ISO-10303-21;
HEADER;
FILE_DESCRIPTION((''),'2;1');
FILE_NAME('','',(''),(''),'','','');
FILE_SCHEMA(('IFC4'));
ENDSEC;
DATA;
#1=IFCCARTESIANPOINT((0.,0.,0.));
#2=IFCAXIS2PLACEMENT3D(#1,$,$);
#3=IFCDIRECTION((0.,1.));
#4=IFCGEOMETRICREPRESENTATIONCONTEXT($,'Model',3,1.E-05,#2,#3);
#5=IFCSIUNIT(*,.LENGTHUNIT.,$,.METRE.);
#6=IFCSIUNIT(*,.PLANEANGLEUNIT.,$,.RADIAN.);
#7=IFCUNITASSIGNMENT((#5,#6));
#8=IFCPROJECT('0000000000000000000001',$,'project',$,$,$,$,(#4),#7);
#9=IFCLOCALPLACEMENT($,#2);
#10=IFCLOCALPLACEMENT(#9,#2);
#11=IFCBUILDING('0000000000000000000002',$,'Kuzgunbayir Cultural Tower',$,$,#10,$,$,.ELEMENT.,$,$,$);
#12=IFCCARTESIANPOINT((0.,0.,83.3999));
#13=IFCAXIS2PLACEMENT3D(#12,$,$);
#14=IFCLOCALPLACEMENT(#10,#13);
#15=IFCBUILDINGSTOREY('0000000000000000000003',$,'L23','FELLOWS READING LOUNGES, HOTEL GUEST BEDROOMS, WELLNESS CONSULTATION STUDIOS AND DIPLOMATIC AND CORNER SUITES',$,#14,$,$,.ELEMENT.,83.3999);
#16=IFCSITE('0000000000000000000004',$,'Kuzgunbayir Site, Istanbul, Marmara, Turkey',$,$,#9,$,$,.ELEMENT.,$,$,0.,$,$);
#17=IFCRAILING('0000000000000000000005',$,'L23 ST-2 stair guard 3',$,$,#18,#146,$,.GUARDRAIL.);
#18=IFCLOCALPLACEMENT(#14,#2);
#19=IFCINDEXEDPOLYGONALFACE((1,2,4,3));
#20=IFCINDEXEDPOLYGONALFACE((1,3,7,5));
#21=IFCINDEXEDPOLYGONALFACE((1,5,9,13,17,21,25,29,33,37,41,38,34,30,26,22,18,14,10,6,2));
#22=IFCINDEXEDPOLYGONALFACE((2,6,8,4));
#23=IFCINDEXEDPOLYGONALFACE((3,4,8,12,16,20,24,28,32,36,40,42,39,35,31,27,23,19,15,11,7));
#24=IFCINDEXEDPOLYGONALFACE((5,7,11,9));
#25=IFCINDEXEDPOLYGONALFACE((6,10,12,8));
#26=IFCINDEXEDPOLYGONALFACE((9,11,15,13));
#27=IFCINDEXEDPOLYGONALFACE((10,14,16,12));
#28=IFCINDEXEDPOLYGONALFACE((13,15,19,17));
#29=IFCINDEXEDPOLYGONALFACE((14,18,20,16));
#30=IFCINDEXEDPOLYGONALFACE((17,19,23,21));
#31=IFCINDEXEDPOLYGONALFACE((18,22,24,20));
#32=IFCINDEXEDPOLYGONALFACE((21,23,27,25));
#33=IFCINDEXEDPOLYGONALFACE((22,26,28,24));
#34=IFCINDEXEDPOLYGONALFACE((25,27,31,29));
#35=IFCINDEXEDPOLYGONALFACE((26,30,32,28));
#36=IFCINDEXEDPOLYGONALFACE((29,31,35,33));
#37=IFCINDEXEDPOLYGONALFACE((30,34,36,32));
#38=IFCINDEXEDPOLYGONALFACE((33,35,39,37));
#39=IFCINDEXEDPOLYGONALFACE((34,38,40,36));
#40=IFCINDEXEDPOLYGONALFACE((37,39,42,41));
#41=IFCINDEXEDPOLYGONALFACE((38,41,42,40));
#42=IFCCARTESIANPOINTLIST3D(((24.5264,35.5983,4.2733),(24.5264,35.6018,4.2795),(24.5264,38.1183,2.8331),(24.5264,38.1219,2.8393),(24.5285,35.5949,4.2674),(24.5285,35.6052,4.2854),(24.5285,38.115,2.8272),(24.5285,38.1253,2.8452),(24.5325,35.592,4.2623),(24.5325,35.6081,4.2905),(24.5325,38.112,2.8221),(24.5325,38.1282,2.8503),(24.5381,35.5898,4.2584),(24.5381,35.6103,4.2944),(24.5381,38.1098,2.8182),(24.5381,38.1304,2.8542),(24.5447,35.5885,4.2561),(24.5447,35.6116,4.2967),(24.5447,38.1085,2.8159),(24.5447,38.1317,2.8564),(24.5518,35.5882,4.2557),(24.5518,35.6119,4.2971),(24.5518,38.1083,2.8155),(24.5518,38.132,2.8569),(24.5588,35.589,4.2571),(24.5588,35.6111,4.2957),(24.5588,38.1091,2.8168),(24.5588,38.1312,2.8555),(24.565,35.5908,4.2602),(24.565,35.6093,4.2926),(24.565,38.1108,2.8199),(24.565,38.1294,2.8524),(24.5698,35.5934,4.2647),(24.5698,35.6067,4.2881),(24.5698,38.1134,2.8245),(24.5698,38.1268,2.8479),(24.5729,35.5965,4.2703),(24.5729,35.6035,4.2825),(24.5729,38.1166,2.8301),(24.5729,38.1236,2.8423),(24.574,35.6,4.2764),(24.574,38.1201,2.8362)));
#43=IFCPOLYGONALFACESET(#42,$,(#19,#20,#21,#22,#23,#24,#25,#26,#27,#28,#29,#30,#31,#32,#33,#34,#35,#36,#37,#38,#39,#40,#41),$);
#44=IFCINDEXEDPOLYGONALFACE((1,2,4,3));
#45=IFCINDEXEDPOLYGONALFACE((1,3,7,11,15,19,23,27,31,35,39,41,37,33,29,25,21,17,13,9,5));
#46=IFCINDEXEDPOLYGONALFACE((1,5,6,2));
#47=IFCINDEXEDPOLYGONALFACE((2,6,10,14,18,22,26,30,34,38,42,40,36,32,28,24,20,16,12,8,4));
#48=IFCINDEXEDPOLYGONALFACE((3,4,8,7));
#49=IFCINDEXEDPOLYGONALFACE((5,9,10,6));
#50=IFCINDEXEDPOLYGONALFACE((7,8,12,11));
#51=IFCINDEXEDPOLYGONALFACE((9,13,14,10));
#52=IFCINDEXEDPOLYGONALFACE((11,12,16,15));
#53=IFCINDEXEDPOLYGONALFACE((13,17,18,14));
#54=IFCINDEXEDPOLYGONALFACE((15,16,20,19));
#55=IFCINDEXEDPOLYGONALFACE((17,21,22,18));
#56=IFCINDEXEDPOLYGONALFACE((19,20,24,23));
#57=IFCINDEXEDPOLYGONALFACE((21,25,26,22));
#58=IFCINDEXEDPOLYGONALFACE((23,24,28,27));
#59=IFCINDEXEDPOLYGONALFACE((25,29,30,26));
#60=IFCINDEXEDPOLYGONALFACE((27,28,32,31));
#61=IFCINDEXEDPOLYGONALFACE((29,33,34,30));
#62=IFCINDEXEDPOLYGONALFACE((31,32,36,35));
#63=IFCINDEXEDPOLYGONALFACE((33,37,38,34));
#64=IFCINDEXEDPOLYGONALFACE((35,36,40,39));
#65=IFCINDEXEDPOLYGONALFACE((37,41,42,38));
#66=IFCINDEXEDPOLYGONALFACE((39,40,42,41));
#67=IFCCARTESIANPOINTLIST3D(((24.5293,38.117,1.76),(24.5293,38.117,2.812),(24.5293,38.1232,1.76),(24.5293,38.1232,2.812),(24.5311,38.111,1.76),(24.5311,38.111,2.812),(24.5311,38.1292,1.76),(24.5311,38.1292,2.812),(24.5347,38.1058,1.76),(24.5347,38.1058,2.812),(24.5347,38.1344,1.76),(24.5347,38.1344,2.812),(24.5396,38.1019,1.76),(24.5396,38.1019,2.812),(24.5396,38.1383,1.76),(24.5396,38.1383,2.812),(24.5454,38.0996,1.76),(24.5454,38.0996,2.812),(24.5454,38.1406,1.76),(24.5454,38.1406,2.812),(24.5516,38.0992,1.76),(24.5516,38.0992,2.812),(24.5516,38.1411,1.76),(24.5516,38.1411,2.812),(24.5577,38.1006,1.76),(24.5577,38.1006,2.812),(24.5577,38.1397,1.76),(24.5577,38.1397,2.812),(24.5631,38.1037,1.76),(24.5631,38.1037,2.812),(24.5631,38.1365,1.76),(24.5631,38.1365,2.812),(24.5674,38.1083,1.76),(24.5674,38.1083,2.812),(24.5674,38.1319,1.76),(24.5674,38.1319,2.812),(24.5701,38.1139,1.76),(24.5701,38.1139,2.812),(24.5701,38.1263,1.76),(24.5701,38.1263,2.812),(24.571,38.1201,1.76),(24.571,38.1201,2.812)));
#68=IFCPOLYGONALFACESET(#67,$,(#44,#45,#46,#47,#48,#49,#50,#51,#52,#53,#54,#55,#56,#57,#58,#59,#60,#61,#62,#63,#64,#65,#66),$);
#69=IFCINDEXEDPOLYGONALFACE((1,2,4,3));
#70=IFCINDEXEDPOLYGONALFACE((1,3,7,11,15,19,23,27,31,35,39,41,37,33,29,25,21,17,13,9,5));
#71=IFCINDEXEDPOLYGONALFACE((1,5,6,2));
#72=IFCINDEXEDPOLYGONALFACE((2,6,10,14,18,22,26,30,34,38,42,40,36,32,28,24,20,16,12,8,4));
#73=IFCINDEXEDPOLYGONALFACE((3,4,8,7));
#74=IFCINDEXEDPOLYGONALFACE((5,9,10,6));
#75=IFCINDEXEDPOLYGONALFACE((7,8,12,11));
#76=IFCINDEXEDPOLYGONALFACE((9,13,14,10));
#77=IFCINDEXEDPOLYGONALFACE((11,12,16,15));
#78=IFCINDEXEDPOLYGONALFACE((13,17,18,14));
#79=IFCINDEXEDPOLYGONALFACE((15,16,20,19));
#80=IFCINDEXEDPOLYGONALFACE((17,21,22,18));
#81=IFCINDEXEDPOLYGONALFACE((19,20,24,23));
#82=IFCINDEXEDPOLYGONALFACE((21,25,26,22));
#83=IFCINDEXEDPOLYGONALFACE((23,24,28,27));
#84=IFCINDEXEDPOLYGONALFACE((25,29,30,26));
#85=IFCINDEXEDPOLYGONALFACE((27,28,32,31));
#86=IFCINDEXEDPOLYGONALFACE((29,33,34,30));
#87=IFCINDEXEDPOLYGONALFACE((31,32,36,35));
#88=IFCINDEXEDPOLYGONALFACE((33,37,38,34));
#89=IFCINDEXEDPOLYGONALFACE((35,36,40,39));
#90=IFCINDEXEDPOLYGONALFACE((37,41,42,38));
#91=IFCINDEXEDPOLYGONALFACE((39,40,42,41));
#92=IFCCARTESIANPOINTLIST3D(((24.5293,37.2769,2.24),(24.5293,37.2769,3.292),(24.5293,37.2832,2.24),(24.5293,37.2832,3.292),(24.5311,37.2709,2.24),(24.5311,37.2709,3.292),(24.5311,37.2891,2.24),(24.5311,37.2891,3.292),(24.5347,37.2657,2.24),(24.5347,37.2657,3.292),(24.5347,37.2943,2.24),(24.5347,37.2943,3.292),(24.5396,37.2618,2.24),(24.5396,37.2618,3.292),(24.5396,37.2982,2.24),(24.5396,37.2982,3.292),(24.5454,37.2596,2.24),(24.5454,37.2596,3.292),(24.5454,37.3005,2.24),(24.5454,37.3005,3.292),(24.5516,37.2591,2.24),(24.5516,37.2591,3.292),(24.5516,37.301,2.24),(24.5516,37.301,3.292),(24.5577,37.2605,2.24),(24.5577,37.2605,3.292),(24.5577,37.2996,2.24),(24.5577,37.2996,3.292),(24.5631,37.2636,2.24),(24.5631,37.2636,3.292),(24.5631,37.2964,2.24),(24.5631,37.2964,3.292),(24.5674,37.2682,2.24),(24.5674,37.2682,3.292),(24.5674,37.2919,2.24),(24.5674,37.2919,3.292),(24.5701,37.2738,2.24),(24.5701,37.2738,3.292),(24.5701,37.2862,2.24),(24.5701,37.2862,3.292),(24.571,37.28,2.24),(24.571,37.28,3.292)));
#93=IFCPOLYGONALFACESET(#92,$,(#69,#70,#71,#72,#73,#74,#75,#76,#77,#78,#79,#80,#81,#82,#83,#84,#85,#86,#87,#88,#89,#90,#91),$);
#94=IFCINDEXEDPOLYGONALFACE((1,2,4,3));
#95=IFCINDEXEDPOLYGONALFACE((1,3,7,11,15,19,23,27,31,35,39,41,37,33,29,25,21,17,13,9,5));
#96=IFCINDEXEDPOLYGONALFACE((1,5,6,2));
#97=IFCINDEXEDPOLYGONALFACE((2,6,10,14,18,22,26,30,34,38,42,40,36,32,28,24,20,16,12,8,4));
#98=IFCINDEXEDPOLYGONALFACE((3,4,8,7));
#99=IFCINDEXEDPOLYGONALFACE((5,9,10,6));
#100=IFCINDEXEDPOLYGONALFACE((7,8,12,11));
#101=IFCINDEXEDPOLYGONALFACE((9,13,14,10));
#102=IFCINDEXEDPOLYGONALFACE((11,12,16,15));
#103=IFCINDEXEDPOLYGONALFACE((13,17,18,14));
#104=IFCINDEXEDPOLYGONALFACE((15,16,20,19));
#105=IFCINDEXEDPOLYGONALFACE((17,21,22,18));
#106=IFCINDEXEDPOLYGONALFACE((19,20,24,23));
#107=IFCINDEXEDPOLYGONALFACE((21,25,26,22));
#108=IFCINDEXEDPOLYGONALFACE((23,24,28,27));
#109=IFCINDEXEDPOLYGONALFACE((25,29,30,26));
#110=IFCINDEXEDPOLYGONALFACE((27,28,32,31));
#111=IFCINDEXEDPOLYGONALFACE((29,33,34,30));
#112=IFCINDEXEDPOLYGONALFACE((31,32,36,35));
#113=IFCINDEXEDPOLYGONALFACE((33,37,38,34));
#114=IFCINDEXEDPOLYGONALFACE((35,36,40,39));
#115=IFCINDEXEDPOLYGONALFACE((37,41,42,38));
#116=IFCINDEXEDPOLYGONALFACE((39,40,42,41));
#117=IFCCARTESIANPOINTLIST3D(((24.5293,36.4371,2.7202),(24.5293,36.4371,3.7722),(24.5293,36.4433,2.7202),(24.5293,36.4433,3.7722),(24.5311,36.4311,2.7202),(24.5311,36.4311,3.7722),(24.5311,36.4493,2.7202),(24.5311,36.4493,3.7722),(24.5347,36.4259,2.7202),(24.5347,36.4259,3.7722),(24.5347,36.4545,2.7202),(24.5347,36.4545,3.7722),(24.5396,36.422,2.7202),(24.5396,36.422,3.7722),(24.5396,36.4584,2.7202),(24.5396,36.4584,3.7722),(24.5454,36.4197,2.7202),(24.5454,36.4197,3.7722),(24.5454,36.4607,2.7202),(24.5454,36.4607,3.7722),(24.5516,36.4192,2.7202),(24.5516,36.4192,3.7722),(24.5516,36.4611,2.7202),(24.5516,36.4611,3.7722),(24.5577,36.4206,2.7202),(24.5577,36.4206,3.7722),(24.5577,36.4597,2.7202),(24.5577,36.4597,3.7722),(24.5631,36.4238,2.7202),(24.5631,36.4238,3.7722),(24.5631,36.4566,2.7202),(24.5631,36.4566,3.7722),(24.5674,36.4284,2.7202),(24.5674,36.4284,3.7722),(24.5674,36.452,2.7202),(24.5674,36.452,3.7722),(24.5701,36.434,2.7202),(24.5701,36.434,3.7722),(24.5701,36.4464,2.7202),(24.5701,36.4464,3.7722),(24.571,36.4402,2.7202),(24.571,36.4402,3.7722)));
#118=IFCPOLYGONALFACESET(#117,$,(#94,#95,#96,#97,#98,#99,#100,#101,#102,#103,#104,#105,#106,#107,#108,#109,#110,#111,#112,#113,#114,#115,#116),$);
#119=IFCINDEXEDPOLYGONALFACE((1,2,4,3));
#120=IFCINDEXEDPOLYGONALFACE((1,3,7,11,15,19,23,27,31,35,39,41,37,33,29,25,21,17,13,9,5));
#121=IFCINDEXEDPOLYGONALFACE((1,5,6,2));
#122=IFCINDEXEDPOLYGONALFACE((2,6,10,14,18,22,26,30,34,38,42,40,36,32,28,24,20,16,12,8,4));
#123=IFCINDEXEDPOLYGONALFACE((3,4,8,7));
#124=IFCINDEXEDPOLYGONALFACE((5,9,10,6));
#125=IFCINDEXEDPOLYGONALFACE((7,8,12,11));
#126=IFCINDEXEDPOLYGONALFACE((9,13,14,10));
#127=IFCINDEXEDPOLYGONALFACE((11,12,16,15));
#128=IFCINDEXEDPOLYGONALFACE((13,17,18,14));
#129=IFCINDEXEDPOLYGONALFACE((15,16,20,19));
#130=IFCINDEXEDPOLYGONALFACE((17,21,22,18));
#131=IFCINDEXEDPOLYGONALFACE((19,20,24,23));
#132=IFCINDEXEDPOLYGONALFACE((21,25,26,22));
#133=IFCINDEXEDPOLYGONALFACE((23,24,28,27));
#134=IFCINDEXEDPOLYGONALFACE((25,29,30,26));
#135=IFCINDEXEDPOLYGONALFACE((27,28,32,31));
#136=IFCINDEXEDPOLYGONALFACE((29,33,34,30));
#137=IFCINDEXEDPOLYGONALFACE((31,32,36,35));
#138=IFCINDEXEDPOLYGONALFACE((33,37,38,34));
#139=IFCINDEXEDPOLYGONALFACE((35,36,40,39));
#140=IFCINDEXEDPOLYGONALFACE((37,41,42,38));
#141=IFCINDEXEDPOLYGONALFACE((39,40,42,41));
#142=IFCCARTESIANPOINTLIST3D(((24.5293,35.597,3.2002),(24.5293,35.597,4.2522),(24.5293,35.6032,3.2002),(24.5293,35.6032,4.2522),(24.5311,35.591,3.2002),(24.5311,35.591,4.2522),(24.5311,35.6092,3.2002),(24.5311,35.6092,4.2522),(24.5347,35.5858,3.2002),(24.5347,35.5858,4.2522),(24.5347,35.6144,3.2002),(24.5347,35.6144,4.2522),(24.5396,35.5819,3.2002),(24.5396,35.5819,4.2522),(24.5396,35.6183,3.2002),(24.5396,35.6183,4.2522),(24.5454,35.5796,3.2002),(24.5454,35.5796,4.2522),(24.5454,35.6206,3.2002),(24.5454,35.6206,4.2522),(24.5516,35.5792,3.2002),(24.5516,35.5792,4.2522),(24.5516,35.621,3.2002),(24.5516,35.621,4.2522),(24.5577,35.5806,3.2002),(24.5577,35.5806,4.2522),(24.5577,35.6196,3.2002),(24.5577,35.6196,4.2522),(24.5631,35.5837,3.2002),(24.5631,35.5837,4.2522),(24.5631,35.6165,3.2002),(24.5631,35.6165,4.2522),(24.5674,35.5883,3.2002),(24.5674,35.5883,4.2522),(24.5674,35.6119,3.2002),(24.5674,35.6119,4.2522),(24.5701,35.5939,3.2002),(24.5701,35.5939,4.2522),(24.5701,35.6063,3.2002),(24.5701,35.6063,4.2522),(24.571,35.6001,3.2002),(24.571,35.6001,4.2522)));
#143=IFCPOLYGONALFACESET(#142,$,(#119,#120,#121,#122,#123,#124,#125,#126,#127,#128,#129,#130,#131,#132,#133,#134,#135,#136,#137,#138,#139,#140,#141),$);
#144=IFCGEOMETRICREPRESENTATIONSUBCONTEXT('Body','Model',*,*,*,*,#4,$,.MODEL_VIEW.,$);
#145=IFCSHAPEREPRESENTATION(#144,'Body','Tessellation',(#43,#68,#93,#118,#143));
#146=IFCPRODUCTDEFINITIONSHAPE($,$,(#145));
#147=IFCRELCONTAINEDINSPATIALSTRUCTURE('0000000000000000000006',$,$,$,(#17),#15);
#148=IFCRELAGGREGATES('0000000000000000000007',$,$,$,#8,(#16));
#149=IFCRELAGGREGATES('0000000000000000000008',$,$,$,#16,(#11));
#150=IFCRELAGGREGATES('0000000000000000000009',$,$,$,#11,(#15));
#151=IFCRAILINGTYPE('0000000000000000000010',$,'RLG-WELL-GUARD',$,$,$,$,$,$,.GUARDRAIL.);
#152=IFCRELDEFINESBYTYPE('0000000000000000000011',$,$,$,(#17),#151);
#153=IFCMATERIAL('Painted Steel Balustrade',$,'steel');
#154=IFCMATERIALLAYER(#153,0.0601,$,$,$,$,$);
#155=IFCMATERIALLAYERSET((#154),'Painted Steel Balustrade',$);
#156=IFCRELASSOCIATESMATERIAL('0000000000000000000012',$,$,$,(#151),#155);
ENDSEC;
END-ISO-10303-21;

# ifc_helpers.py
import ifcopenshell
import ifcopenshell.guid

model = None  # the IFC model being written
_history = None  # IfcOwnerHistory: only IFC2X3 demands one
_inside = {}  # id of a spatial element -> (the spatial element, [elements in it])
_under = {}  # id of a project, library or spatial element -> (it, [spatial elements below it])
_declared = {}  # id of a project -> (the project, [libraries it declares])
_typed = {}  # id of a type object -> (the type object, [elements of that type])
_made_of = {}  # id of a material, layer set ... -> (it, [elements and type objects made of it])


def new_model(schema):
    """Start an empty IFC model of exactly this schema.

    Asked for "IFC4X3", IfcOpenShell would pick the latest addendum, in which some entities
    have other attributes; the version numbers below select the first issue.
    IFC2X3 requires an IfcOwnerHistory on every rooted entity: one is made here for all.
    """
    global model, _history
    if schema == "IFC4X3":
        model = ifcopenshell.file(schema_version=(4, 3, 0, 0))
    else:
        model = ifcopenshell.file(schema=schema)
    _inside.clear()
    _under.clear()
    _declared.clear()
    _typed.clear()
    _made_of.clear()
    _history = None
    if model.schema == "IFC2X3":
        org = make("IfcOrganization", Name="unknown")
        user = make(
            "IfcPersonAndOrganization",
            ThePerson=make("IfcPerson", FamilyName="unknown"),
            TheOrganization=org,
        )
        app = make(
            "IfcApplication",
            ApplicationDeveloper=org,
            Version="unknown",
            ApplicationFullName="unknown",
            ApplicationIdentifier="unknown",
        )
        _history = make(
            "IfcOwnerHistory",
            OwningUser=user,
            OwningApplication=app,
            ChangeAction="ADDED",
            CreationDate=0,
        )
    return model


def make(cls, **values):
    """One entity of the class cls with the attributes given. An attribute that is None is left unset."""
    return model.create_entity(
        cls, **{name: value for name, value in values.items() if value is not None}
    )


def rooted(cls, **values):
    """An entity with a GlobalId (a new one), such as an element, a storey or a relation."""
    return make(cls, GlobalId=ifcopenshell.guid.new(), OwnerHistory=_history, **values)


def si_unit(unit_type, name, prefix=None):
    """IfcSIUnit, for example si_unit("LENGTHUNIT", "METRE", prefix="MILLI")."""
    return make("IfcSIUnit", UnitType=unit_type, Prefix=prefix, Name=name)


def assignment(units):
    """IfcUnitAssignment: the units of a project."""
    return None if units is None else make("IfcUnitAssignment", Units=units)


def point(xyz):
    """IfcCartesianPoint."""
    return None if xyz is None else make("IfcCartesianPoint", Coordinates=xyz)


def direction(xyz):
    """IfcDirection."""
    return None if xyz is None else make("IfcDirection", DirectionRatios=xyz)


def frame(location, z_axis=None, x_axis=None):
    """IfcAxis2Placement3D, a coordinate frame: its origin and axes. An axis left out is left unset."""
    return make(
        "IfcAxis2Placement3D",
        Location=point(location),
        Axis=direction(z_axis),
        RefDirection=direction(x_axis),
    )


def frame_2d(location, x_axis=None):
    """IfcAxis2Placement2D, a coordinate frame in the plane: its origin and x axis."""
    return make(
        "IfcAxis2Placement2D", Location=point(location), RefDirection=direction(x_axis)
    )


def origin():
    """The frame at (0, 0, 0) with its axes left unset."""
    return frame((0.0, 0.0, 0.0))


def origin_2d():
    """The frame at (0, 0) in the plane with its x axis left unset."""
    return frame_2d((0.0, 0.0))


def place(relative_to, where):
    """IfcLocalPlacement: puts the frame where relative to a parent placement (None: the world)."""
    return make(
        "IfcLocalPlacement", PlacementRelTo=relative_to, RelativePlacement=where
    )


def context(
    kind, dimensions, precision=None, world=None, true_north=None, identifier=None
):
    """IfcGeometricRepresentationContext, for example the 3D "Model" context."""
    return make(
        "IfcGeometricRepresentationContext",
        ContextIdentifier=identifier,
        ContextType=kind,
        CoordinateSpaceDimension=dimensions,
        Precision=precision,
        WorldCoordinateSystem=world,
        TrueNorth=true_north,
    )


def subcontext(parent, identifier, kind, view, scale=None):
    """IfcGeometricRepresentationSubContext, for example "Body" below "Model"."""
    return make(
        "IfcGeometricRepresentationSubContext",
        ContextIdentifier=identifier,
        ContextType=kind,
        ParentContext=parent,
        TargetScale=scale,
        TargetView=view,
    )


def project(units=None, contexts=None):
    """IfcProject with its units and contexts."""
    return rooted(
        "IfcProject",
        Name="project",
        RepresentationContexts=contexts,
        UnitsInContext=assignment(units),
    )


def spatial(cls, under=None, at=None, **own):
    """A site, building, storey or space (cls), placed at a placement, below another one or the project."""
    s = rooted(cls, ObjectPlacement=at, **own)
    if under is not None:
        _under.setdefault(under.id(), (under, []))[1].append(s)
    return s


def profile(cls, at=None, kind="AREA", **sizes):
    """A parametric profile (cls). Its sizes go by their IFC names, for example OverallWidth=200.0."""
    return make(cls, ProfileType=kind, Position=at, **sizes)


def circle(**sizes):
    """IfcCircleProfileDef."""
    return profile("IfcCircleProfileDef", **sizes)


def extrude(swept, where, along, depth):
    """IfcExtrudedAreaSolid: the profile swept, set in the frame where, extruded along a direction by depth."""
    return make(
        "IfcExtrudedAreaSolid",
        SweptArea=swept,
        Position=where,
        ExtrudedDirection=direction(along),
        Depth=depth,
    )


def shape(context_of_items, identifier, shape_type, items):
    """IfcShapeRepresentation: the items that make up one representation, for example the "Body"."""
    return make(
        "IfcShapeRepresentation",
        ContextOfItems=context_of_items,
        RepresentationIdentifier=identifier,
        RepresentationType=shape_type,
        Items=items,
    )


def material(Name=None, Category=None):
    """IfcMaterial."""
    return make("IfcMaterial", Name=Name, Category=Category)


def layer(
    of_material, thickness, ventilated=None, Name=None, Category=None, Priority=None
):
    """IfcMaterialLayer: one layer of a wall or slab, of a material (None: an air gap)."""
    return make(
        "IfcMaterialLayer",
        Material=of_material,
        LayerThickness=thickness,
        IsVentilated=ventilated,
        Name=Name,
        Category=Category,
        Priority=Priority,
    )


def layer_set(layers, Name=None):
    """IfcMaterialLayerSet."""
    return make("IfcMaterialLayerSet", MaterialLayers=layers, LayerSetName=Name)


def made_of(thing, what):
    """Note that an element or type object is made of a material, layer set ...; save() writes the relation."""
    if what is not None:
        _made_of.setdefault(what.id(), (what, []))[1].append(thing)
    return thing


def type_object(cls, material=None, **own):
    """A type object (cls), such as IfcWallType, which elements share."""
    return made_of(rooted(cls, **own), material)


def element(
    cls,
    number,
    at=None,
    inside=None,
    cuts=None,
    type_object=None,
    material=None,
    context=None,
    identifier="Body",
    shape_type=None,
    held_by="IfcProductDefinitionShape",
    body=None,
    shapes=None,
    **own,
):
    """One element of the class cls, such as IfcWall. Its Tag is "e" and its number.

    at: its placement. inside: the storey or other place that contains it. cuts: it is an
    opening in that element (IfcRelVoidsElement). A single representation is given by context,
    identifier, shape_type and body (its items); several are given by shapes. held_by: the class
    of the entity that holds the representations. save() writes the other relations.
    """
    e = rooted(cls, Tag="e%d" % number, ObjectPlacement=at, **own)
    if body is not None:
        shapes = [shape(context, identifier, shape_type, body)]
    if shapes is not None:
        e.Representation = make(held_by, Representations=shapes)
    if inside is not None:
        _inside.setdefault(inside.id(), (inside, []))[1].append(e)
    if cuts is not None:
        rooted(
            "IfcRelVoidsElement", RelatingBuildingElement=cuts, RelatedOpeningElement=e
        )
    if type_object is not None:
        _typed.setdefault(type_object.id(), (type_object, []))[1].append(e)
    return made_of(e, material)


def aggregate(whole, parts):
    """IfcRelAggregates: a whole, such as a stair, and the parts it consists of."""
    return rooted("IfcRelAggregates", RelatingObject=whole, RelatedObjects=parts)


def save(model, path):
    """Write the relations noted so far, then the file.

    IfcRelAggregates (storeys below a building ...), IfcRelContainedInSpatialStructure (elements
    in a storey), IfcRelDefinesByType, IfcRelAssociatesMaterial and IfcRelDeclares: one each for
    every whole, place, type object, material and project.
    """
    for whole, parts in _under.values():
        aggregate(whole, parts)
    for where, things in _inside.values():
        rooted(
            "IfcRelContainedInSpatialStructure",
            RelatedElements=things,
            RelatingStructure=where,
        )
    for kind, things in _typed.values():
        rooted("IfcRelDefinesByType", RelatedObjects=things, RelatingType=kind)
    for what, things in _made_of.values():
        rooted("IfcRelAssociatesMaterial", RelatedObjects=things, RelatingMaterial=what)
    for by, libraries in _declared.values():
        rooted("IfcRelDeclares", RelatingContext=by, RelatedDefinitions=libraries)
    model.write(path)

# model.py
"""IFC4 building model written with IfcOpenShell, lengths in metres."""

from ifc_helpers import new_model, si_unit, direction, frame, origin, origin_2d, place, context, subcontext, project, spatial, circle, extrude, material, layer, layer_set, type_object, element, save


model = new_model("IFC4")

# Units and contexts
model_context = context("Model", 3, precision=1e-05, world=origin(), true_north=direction((0.0, 1.0)))
body_context = subcontext(model_context, "Body", "Model", "MODEL_VIEW")
ifc_project = project(units=[si_unit("LENGTHUNIT", "METRE"), si_unit("PLANEANGLEUNIT", "RADIAN")], contexts=[model_context])

# Site, building, storey
site_placement = place(None, origin())
site = spatial("IfcSite", under=ifc_project, at=site_placement, Name="Kuzgunbayir Site, Istanbul, Marmara, Turkey", CompositionType="ELEMENT", RefElevation=0.0)
building_placement = place(site_placement, origin())
building = spatial("IfcBuilding", under=site, at=building_placement, Name="Kuzgunbayir Cultural Tower", CompositionType="ELEMENT")
storey_placement = place(building_placement, frame((0.0, 0.0, 83.3999)))
storey = spatial("IfcBuildingStorey", under=building, at=storey_placement, Name="L23", Description="FELLOWS READING LOUNGES, HOTEL GUEST BEDROOMS, WELLNESS CONSULTATION STUDIOS AND DIPLOMATIC AND CORNER SUITES", CompositionType="ELEMENT", Elevation=83.3999)

# Railing
ifc_material_1 = material(Name="Painted Steel Balustrade", Category="steel")
ifc_layer_1 = layer(ifc_material_1, 0.0601)
ifc_layer_set_1 = layer_set([ifc_layer_1], Name="Painted Steel Balustrade")
railing_type_1 = type_object("IfcRailingType", Name="RLG-WELL-GUARD", PredefinedType="GUARDRAIL", material=ifc_layer_set_1)
railing_1_placement = place(storey_placement, frame((24.55, 38.1201, 1.76)))
element("IfcRailing", 1, at=railing_1_placement, inside=storey, type_object=railing_type_1, Name="L23 ST-2 stair guard 3", PredefinedType="GUARDRAIL", context=body_context, shape_type="SweptSolid", body=[
    extrude(circle(Radius=0.0239, at=origin_2d()), frame((0.0, 0.0, 1.0762), z_axis=(0.0, -0.868217, 0.496184), x_axis=(1.0, 0.0, 0.0)), (0.0, 0.0, 1.0), 2.9026),
    extrude(circle(Radius=0.021, at=origin_2d()), origin(), (0.0, 0.0, 1.0), 1.052),
    extrude(circle(Radius=0.021, at=origin_2d()), frame((0.0, -0.8401, 0.48)), (0.0, 0.0, 1.0), 1.052),
    extrude(circle(Radius=0.021, at=origin_2d()), frame((0.0, -1.6799, 0.9602)), (0.0, 0.0, 1.0), 1.052),
    extrude(circle(Radius=0.021, at=origin_2d()), frame((0.0, -2.52, 1.4402)), (0.0, 0.0, 1.0), 1.052),
])

save(model, "model.ifc")
